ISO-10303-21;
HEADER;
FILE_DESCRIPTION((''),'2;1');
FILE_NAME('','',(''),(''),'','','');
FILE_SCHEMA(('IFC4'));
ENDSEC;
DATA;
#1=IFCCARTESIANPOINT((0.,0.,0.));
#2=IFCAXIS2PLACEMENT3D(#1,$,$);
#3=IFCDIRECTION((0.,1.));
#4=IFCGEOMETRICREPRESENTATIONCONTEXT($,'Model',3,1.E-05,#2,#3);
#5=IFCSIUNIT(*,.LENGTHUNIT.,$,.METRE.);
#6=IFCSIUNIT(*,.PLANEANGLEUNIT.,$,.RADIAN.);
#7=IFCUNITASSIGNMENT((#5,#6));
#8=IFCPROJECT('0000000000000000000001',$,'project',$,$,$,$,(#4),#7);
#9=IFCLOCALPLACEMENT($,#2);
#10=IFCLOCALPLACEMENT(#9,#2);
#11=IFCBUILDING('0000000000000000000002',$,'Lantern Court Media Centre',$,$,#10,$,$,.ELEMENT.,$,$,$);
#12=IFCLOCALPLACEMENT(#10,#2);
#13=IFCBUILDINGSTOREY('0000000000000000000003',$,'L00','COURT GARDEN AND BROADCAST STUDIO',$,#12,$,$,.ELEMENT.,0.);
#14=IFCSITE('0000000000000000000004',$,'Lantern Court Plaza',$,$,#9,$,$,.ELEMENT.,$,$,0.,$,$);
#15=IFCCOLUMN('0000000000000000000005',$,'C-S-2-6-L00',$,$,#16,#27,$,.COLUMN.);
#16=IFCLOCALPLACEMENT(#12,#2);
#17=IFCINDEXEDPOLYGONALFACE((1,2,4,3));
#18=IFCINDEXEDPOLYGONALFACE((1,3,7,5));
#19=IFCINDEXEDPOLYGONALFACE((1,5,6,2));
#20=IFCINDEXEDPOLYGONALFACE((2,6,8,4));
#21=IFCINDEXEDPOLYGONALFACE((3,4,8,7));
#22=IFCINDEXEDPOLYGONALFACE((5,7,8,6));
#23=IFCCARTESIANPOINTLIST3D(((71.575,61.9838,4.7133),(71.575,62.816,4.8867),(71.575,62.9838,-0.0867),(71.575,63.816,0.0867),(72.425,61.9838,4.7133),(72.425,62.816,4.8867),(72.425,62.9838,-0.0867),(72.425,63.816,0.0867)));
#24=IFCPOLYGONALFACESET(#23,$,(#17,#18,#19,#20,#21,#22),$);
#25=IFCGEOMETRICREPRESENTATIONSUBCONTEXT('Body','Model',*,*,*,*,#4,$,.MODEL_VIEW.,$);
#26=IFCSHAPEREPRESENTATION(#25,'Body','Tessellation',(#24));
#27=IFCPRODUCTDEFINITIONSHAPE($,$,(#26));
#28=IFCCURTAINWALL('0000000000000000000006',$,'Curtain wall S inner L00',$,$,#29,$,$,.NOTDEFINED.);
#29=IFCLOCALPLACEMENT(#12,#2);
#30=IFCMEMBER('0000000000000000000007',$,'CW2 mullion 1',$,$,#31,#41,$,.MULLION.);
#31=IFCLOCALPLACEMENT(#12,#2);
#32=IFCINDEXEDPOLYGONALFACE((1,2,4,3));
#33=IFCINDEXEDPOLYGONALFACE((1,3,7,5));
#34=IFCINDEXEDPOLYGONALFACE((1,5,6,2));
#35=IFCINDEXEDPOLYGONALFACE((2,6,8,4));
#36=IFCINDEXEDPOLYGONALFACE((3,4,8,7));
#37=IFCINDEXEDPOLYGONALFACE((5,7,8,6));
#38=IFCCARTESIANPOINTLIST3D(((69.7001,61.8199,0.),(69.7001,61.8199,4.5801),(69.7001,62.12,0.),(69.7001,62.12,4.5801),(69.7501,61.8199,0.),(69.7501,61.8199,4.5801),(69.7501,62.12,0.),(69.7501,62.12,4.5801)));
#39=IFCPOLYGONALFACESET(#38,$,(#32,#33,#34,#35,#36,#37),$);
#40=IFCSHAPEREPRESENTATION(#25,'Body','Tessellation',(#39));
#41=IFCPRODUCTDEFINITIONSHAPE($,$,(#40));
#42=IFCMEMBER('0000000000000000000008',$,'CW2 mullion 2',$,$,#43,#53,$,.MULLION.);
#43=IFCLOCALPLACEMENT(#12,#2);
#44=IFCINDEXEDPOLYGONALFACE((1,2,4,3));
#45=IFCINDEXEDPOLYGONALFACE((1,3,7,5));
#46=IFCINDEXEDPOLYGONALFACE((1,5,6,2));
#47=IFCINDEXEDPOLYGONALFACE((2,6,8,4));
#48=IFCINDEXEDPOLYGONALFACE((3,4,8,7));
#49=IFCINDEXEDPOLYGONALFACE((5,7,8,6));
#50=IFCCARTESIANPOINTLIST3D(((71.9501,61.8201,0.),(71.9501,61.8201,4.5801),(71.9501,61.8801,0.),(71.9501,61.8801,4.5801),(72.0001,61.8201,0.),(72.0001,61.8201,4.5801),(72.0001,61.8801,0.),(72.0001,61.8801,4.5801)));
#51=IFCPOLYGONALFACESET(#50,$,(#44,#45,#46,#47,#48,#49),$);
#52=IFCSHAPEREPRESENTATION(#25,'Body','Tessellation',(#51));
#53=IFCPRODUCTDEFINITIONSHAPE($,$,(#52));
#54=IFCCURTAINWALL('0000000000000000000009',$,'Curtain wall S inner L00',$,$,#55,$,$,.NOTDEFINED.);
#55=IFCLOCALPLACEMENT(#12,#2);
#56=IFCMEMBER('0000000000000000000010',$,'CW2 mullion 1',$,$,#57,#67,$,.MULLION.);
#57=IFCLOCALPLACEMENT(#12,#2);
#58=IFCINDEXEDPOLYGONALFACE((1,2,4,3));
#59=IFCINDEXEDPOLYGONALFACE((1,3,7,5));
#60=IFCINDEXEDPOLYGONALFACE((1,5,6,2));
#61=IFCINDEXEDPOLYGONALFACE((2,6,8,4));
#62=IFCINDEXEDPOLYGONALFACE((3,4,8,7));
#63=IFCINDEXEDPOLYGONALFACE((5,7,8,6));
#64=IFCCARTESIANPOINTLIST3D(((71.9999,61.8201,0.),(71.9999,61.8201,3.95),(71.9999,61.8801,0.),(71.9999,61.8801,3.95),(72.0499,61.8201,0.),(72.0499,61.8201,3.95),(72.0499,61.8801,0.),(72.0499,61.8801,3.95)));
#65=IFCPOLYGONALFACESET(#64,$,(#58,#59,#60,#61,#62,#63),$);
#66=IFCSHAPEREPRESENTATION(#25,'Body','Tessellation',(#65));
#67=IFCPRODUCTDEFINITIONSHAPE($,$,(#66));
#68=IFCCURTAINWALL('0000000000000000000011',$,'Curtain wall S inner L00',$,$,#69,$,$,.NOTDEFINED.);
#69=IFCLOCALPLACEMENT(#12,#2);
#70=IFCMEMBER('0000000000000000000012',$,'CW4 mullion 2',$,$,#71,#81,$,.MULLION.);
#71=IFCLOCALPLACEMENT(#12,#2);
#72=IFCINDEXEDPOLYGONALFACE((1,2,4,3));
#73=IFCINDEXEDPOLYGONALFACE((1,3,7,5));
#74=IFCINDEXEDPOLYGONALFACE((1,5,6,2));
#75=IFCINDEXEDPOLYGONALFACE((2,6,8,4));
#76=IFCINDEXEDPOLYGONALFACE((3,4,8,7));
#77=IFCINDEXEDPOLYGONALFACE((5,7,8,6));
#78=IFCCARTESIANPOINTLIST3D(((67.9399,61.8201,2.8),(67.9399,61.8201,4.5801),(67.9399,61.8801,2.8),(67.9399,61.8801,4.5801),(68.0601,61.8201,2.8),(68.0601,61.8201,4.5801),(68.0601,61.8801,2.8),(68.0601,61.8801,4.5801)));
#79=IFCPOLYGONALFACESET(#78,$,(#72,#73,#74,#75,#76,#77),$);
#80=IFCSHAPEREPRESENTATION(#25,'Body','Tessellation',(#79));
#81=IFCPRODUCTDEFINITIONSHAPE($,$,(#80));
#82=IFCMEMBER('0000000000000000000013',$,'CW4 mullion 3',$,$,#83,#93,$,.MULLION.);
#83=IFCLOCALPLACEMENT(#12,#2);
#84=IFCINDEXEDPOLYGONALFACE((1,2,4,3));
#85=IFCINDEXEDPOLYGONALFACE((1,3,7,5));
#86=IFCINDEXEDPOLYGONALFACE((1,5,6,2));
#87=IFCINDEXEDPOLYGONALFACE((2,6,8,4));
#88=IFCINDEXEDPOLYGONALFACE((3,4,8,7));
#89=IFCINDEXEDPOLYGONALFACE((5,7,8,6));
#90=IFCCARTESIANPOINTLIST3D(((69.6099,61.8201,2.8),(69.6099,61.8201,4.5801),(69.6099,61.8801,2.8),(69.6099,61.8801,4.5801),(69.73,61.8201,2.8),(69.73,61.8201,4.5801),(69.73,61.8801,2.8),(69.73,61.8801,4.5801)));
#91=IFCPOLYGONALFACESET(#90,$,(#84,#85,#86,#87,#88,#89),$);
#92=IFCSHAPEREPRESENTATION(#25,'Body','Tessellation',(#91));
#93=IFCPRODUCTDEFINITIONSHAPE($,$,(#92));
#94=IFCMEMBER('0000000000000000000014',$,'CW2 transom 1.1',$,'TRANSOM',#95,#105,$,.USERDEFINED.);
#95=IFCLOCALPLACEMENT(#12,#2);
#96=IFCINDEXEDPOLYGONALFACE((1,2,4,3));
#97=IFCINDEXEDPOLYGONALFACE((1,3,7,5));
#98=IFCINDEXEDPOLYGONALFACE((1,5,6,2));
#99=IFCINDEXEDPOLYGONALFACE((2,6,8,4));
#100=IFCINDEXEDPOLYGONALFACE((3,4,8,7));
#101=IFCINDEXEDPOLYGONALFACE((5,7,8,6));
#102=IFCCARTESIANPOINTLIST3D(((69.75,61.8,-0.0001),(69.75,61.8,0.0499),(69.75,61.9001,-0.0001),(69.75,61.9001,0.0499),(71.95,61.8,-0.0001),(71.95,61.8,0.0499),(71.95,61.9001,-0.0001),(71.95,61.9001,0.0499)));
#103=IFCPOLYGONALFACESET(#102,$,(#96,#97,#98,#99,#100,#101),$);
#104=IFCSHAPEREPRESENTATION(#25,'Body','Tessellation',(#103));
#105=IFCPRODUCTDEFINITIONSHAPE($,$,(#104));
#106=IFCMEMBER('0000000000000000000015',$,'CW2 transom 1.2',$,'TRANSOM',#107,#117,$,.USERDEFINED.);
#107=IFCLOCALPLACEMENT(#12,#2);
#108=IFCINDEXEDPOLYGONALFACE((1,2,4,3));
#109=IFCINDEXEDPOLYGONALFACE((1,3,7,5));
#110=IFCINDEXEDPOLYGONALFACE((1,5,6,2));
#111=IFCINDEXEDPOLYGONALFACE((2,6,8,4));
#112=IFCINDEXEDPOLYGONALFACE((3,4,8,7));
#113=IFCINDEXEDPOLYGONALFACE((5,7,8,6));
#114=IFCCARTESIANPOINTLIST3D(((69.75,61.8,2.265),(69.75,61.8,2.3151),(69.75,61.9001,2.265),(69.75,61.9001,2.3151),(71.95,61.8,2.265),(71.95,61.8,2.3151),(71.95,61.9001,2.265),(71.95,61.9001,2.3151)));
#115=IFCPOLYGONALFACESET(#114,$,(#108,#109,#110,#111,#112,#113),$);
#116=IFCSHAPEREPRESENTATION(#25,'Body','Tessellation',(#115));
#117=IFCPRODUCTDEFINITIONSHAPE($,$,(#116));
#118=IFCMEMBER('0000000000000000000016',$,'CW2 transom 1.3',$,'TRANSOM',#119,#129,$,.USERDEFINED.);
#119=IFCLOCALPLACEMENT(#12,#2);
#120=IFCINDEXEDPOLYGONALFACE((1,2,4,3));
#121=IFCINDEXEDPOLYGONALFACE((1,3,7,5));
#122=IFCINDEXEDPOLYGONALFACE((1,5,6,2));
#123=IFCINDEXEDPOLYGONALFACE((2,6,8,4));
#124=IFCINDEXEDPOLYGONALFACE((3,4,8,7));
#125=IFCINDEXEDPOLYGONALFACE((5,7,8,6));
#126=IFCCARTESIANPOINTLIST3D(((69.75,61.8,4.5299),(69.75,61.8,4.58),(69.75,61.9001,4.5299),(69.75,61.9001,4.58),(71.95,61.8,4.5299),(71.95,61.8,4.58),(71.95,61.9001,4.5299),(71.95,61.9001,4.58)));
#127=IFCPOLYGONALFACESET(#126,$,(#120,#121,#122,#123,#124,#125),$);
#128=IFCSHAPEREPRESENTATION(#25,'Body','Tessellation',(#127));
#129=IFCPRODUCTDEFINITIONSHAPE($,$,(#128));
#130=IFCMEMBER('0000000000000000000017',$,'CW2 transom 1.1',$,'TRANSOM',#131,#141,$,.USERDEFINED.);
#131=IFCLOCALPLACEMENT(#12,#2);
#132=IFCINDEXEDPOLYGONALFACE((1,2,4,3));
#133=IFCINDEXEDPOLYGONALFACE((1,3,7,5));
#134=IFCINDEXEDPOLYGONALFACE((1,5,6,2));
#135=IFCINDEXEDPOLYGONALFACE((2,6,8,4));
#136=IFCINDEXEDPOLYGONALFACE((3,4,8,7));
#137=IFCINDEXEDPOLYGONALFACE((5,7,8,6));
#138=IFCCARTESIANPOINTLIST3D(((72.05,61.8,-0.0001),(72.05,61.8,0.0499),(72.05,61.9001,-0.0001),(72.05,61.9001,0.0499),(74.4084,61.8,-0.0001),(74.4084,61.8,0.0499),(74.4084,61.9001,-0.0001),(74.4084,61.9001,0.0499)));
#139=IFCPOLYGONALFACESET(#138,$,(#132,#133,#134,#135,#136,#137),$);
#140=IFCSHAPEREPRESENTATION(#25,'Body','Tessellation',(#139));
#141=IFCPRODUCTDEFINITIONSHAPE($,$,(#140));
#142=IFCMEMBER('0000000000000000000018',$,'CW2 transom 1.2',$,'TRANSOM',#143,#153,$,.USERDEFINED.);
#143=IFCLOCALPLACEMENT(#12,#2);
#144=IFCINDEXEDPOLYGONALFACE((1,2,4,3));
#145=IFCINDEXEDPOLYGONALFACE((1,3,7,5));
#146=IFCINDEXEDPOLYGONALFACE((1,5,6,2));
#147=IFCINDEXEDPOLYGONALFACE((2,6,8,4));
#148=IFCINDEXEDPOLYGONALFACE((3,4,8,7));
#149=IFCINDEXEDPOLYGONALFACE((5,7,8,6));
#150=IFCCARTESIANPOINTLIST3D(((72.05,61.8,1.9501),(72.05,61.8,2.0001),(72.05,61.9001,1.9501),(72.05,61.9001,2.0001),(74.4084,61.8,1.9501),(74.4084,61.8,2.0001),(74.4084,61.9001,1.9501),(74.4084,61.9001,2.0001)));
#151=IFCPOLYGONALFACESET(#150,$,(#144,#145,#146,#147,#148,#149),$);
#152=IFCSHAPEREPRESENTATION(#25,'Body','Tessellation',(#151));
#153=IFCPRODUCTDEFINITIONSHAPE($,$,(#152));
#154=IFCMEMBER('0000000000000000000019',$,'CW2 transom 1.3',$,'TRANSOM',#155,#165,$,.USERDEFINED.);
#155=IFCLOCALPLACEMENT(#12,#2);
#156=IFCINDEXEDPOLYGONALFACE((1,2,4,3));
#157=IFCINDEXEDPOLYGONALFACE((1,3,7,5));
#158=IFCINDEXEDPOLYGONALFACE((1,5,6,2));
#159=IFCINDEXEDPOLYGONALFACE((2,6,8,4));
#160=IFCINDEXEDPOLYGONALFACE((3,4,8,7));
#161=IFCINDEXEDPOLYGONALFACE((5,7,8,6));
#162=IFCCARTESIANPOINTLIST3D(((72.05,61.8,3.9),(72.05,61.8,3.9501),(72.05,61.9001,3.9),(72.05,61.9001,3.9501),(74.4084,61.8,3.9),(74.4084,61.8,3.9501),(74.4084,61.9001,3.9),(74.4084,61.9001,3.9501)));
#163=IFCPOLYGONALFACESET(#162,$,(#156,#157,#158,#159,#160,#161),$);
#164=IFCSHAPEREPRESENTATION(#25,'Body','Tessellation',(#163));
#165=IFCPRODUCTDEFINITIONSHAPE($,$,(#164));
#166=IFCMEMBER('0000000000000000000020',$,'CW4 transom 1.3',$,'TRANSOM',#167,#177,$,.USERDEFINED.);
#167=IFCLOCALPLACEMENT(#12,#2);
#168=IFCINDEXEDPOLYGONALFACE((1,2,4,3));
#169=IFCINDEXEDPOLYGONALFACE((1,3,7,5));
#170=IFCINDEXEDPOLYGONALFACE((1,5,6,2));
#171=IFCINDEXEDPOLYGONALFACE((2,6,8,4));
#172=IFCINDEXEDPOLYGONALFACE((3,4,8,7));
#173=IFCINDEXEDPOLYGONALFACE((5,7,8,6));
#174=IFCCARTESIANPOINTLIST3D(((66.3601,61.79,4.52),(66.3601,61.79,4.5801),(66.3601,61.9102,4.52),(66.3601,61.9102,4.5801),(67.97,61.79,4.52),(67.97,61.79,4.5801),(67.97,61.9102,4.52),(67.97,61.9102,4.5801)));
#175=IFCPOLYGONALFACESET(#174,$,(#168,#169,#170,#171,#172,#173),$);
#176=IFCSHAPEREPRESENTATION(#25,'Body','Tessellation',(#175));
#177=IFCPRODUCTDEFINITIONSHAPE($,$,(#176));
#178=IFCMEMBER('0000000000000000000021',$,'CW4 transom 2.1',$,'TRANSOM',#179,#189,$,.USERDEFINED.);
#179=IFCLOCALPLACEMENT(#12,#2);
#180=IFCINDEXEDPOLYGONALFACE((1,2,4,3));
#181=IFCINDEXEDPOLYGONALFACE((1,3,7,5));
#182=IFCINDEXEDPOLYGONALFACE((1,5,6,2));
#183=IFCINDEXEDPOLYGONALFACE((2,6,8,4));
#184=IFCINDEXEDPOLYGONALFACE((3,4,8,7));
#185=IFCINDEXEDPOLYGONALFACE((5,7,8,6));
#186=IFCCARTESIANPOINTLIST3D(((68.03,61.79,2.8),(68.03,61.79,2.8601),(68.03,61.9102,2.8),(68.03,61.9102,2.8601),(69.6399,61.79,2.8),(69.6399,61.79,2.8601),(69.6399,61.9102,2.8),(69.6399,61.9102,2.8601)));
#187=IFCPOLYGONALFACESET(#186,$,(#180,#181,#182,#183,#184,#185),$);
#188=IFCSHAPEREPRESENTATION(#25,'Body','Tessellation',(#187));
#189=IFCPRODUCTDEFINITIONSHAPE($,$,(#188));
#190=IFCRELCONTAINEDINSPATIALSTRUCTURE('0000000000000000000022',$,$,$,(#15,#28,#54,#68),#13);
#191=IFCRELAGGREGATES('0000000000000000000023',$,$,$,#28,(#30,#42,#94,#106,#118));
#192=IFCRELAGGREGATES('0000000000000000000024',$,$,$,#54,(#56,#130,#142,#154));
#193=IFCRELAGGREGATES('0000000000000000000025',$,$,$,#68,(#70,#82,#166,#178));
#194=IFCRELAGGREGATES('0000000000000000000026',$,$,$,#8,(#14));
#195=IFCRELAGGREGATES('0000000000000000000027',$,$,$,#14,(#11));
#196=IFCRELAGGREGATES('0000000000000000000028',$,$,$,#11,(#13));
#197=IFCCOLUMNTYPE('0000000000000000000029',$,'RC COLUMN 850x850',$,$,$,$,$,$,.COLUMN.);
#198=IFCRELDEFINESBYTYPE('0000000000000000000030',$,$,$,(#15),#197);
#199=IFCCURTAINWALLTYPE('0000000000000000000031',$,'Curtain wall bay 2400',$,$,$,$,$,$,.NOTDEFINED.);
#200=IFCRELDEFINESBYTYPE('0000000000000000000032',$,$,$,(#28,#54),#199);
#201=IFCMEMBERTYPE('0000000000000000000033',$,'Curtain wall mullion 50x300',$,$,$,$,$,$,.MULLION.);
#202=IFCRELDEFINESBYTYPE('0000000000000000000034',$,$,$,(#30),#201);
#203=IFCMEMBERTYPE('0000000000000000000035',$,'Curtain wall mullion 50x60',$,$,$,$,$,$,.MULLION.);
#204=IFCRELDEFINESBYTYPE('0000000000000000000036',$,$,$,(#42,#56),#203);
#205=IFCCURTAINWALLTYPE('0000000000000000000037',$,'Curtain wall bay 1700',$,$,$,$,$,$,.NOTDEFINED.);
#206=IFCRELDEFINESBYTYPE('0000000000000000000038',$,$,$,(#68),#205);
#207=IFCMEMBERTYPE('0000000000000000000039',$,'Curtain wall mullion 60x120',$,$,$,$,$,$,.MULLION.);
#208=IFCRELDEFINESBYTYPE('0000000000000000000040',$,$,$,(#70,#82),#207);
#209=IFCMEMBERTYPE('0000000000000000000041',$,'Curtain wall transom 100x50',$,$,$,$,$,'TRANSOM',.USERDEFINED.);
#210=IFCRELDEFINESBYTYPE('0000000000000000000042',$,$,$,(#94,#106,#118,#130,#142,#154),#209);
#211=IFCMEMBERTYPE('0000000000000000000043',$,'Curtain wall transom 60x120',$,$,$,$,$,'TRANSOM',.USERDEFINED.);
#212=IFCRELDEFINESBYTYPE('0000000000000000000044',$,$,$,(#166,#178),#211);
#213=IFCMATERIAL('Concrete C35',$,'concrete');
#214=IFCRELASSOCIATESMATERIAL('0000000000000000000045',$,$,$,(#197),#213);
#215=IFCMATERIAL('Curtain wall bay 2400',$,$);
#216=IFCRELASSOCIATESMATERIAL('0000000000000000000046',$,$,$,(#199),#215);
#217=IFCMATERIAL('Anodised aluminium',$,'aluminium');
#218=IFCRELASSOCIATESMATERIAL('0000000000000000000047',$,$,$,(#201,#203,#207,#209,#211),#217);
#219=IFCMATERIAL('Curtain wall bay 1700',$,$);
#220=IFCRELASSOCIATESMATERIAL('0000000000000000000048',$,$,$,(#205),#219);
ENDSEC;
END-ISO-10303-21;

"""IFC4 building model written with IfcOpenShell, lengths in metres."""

from ifc_helpers import new_model, si_unit, direction, frame, origin, origin_2d, place, context, subcontext, project, spatial, rectangle, extrude, material, material_profile, profile_set, type_object, element, aggregate, save


model = new_model("IFC4")

# Units and contexts
model_context = context("Model", 3, precision=1e-05, world=origin(), true_north=direction((0.0, 1.0)))
body_context = subcontext(model_context, "Body", "Model", "MODEL_VIEW")
ifc_project = project(units=[si_unit("LENGTHUNIT", "METRE"), si_unit("PLANEANGLEUNIT", "RADIAN")], contexts=[model_context])

# Site, building, storey
site_placement = place(None, origin())
site = spatial("IfcSite", under=ifc_project, at=site_placement, Name="Lantern Court Plaza", CompositionType="ELEMENT", RefElevation=0.0)
building_placement = place(site_placement, origin())
building = spatial("IfcBuilding", under=site, at=building_placement, Name="Lantern Court Media Centre", CompositionType="ELEMENT")
storey_placement = place(building_placement, origin())
storey = spatial("IfcBuildingStorey", under=building, at=storey_placement, Name="L00", Description="COURT GARDEN AND BROADCAST STUDIO", CompositionType="ELEMENT", Elevation=0.0)

# Column
ifc_material_1 = material(Name="Concrete C35", Category="concrete")
ifc_material_profile_1 = material_profile(ifc_material_1, rectangle(XDim=0.8501, YDim=0.8501, at=origin_2d()), Name="RC 850x850")
ifc_profile_set_1 = profile_set([ifc_material_profile_1], Name="Concrete C35")
column_type = type_object("IfcColumnType", Name="RC COLUMN 850x850", PredefinedType="COLUMN", material=ifc_profile_set_1)
column_placement = place(storey_placement, frame((72.0, 63.3999, 0.0), z_axis=(0.0, -0.203952, 0.978981), x_axis=(1.0, 0.0, 0.0)))
element("IfcColumn", 1, at=column_placement, inside=storey, type_object=column_type, Name="C-S-2-6-L00", PredefinedType="COLUMN", context=body_context, shape_type="SweptSolid", body=[
    extrude(rectangle(XDim=0.8501, YDim=0.8501, at=origin_2d()), origin(), (0.0, 0.0, 1.0), 4.9031),
])

# Curtain wall, members
ifc_material_2 = material(Name="Curtain wall bay 2400")
curtain_wall_type_1 = type_object("IfcCurtainWallType", Name="Curtain wall bay 2400", PredefinedType="NOTDEFINED", material=ifc_material_2)
curtain_wall_1_placement = place(storey_placement, origin())
curtain_wall_1 = element("IfcCurtainWall", 2, at=curtain_wall_1_placement, inside=storey, type_object=curtain_wall_type_1, Name="Curtain wall S inner L00", PredefinedType="NOTDEFINED")
ifc_material_3 = material(Name="Anodised aluminium", Category="aluminium")
ifc_material_profile_2 = material_profile(ifc_material_3, rectangle(XDim=0.3, YDim=0.05, at=origin_2d()), Name="AL 50x300")
ifc_profile_set_2 = profile_set([ifc_material_profile_2], Name="Anodised aluminium")
member_type_1 = type_object("IfcMemberType", Name="Curtain wall mullion 50x300", PredefinedType="MULLION", material=ifc_profile_set_2)
member_1_placement = place(storey_placement, frame((69.7251, 61.97, 0.0), z_axis=(0.0, 0.0, 1.0), x_axis=(0.0, 1.0, 0.0)))
member_1 = element("IfcMember", 3, at=member_1_placement, type_object=member_type_1, Name="CW2 mullion 1", PredefinedType="MULLION", context=body_context, shape_type="SweptSolid", body=[
    extrude(rectangle(XDim=0.3, YDim=0.05, at=origin_2d()), origin(), (0.0, 0.0, 1.0), 4.5801),
])
ifc_material_profile_3 = material_profile(ifc_material_3, rectangle(XDim=0.0601, YDim=0.05, at=origin_2d()), Name="AL 50x60")
ifc_profile_set_3 = profile_set([ifc_material_profile_3], Name="Anodised aluminium")
member_type_2 = type_object("IfcMemberType", Name="Curtain wall mullion 50x60", PredefinedType="MULLION", material=ifc_profile_set_3)
member_2_placement = place(storey_placement, frame((71.9751, 61.8501, 0.0), z_axis=(0.0, 0.0, 1.0), x_axis=(0.0, 1.0, 0.0)))
member_2 = element("IfcMember", 4, at=member_2_placement, type_object=member_type_2, Name="CW2 mullion 2", PredefinedType="MULLION", context=body_context, shape_type="SweptSolid", body=[
    extrude(rectangle(XDim=0.0601, YDim=0.05, at=origin_2d()), origin(), (0.0, 0.0, 1.0), 4.5801),
])

# Curtain wall, member
curtain_wall_2_placement = place(storey_placement, origin())
curtain_wall_2 = element("IfcCurtainWall", 5, at=curtain_wall_2_placement, inside=storey, type_object=curtain_wall_type_1, Name="Curtain wall S inner L00", PredefinedType="NOTDEFINED")
member_3_placement = place(storey_placement, frame((72.0249, 61.8501, 0.0), z_axis=(0.0, 0.0, 1.0), x_axis=(0.0, 1.0, 0.0)))
member_3 = element("IfcMember", 6, at=member_3_placement, type_object=member_type_2, Name="CW2 mullion 1", PredefinedType="MULLION", context=body_context, shape_type="SweptSolid", body=[
    extrude(rectangle(XDim=0.0601, YDim=0.05, at=origin_2d()), origin(), (0.0, 0.0, 1.0), 3.95),
])

# Curtain wall, members
ifc_material_4 = material(Name="Curtain wall bay 1700")
curtain_wall_type_2 = type_object("IfcCurtainWallType", Name="Curtain wall bay 1700", PredefinedType="NOTDEFINED", material=ifc_material_4)
curtain_wall_3_placement = place(storey_placement, origin())
curtain_wall_3 = element("IfcCurtainWall", 7, at=curtain_wall_3_placement, inside=storey, type_object=curtain_wall_type_2, Name="Curtain wall S inner L00", PredefinedType="NOTDEFINED")
ifc_material_profile_4 = material_profile(ifc_material_3, rectangle(XDim=0.0601, YDim=0.1201, at=origin_2d()), Name="AL 60x120")
ifc_profile_set_4 = profile_set([ifc_material_profile_4], Name="Anodised aluminium")
member_type_3 = type_object("IfcMemberType", Name="Curtain wall mullion 60x120", PredefinedType="MULLION", material=ifc_profile_set_4)
member_4_placement = place(storey_placement, frame((68.0, 61.8501, 2.8), z_axis=(0.0, 0.0, 1.0), x_axis=(0.0, 1.0, 0.0)))
member_4 = element("IfcMember", 8, at=member_4_placement, type_object=member_type_3, Name="CW4 mullion 2", PredefinedType="MULLION", context=body_context, shape_type="SweptSolid", body=[
    extrude(rectangle(XDim=0.0601, YDim=0.1201, at=origin_2d()), origin(), (0.0, 0.0, 1.0), 1.78),
])
member_5_placement = place(storey_placement, frame((69.6699, 61.8501, 2.8), z_axis=(0.0, 0.0, 1.0), x_axis=(0.0, 1.0, 0.0)))
member_5 = element("IfcMember", 9, at=member_5_placement, type_object=member_type_3, Name="CW4 mullion 3", PredefinedType="MULLION", context=body_context, shape_type="SweptSolid", body=[
    extrude(rectangle(XDim=0.0601, YDim=0.1201, at=origin_2d()), origin(), (0.0, 0.0, 1.0), 1.78),
])

# Members
ifc_material_profile_5 = material_profile(ifc_material_3, rectangle(XDim=0.1001, YDim=0.05, at=origin_2d()), Name="AL 50x100")
ifc_profile_set_5 = profile_set([ifc_material_profile_5], Name="Anodised aluminium")
member_type_4 = type_object("IfcMemberType", Name="Curtain wall transom 100x50", ElementType="TRANSOM", PredefinedType="USERDEFINED", material=ifc_profile_set_5)
member_6_placement = place(storey_placement, frame((69.75, 61.8501, 0.0249), z_axis=(1.0, 0.0, 0.0), x_axis=(0.0, 1.0, 0.0)))
member_6 = element("IfcMember", 10, at=member_6_placement, type_object=member_type_4, Name="CW2 transom 1.1", ObjectType="TRANSOM", PredefinedType="USERDEFINED", context=body_context, shape_type="SweptSolid", body=[
    extrude(rectangle(XDim=0.1001, YDim=0.05, at=origin_2d()), origin(), (0.0, 0.0, 1.0), 2.2),
])
member_7_placement = place(storey_placement, frame((69.75, 61.8501, 2.29), z_axis=(1.0, 0.0, 0.0), x_axis=(0.0, 1.0, 0.0)))
member_7 = element("IfcMember", 11, at=member_7_placement, type_object=member_type_4, Name="CW2 transom 1.2", ObjectType="TRANSOM", PredefinedType="USERDEFINED", context=body_context, shape_type="SweptSolid", body=[
    extrude(rectangle(XDim=0.1001, YDim=0.05, at=origin_2d()), origin(), (0.0, 0.0, 1.0), 2.2),
])
member_8_placement = place(storey_placement, frame((69.75, 61.8501, 4.5549), z_axis=(1.0, 0.0, 0.0), x_axis=(0.0, 1.0, 0.0)))
member_8 = element("IfcMember", 12, at=member_8_placement, type_object=member_type_4, Name="CW2 transom 1.3", ObjectType="TRANSOM", PredefinedType="USERDEFINED", context=body_context, shape_type="SweptSolid", body=[
    extrude(rectangle(XDim=0.1001, YDim=0.05, at=origin_2d()), origin(), (0.0, 0.0, 1.0), 2.2),
])
member_9_placement = place(storey_placement, frame((72.05, 61.8501, 0.0249), z_axis=(1.0, 0.0, 0.0), x_axis=(0.0, 1.0, 0.0)))
member_9 = element("IfcMember", 13, at=member_9_placement, type_object=member_type_4, Name="CW2 transom 1.1", ObjectType="TRANSOM", PredefinedType="USERDEFINED", context=body_context, shape_type="SweptSolid", body=[
    extrude(rectangle(XDim=0.1001, YDim=0.05, at=origin_2d()), origin(), (0.0, 0.0, 1.0), 2.3584),
])
member_10_placement = place(storey_placement, frame((72.05, 61.8501, 1.9751), z_axis=(1.0, 0.0, 0.0), x_axis=(0.0, 1.0, 0.0)))
member_10 = element("IfcMember", 14, at=member_10_placement, type_object=member_type_4, Name="CW2 transom 1.2", ObjectType="TRANSOM", PredefinedType="USERDEFINED", context=body_context, shape_type="SweptSolid", body=[
    extrude(rectangle(XDim=0.1001, YDim=0.05, at=origin_2d()), origin(), (0.0, 0.0, 1.0), 2.3584),
])
member_11_placement = place(storey_placement, frame((72.05, 61.8501, 3.925), z_axis=(1.0, 0.0, 0.0), x_axis=(0.0, 1.0, 0.0)))
member_11 = element("IfcMember", 15, at=member_11_placement, type_object=member_type_4, Name="CW2 transom 1.3", ObjectType="TRANSOM", PredefinedType="USERDEFINED", context=body_context, shape_type="SweptSolid", body=[
    extrude(rectangle(XDim=0.1001, YDim=0.05, at=origin_2d()), origin(), (0.0, 0.0, 1.0), 2.3584),
])
ifc_material_profile_6 = material_profile(ifc_material_3, rectangle(XDim=0.1201, YDim=0.0601, at=origin_2d()), Name="AL 60x120")
ifc_profile_set_6 = profile_set([ifc_material_profile_6], Name="Anodised aluminium")
member_type_5 = type_object("IfcMemberType", Name="Curtain wall transom 60x120", ElementType="TRANSOM", PredefinedType="USERDEFINED", material=ifc_profile_set_6)
member_12_placement = place(storey_placement, frame((66.3601, 61.8501, 4.55), z_axis=(1.0, 0.0, 0.0), x_axis=(0.0, 1.0, 0.0)))
member_12 = element("IfcMember", 16, at=member_12_placement, type_object=member_type_5, Name="CW4 transom 1.3", ObjectType="TRANSOM", PredefinedType="USERDEFINED", context=body_context, shape_type="SweptSolid", body=[
    extrude(rectangle(XDim=0.1201, YDim=0.0601, at=origin_2d()), origin(), (0.0, 0.0, 1.0), 1.6099),
])
member_13_placement = place(storey_placement, frame((68.03, 61.8501, 2.8301), z_axis=(1.0, 0.0, 0.0), x_axis=(0.0, 1.0, 0.0)))
member_13 = element("IfcMember", 17, at=member_13_placement, type_object=member_type_5, Name="CW4 transom 2.1", ObjectType="TRANSOM", PredefinedType="USERDEFINED", context=body_context, shape_type="SweptSolid", body=[
    extrude(rectangle(XDim=0.1201, YDim=0.0601, at=origin_2d()), origin(), (0.0, 0.0, 1.0), 1.6099),
])

aggregate(curtain_wall_1, [member_1, member_2, member_6, member_7, member_8])
aggregate(curtain_wall_2, [member_3, member_9, member_10, member_11])
aggregate(curtain_wall_3, [member_4, member_5, member_12, member_13])

save(model, "model.ifc")
